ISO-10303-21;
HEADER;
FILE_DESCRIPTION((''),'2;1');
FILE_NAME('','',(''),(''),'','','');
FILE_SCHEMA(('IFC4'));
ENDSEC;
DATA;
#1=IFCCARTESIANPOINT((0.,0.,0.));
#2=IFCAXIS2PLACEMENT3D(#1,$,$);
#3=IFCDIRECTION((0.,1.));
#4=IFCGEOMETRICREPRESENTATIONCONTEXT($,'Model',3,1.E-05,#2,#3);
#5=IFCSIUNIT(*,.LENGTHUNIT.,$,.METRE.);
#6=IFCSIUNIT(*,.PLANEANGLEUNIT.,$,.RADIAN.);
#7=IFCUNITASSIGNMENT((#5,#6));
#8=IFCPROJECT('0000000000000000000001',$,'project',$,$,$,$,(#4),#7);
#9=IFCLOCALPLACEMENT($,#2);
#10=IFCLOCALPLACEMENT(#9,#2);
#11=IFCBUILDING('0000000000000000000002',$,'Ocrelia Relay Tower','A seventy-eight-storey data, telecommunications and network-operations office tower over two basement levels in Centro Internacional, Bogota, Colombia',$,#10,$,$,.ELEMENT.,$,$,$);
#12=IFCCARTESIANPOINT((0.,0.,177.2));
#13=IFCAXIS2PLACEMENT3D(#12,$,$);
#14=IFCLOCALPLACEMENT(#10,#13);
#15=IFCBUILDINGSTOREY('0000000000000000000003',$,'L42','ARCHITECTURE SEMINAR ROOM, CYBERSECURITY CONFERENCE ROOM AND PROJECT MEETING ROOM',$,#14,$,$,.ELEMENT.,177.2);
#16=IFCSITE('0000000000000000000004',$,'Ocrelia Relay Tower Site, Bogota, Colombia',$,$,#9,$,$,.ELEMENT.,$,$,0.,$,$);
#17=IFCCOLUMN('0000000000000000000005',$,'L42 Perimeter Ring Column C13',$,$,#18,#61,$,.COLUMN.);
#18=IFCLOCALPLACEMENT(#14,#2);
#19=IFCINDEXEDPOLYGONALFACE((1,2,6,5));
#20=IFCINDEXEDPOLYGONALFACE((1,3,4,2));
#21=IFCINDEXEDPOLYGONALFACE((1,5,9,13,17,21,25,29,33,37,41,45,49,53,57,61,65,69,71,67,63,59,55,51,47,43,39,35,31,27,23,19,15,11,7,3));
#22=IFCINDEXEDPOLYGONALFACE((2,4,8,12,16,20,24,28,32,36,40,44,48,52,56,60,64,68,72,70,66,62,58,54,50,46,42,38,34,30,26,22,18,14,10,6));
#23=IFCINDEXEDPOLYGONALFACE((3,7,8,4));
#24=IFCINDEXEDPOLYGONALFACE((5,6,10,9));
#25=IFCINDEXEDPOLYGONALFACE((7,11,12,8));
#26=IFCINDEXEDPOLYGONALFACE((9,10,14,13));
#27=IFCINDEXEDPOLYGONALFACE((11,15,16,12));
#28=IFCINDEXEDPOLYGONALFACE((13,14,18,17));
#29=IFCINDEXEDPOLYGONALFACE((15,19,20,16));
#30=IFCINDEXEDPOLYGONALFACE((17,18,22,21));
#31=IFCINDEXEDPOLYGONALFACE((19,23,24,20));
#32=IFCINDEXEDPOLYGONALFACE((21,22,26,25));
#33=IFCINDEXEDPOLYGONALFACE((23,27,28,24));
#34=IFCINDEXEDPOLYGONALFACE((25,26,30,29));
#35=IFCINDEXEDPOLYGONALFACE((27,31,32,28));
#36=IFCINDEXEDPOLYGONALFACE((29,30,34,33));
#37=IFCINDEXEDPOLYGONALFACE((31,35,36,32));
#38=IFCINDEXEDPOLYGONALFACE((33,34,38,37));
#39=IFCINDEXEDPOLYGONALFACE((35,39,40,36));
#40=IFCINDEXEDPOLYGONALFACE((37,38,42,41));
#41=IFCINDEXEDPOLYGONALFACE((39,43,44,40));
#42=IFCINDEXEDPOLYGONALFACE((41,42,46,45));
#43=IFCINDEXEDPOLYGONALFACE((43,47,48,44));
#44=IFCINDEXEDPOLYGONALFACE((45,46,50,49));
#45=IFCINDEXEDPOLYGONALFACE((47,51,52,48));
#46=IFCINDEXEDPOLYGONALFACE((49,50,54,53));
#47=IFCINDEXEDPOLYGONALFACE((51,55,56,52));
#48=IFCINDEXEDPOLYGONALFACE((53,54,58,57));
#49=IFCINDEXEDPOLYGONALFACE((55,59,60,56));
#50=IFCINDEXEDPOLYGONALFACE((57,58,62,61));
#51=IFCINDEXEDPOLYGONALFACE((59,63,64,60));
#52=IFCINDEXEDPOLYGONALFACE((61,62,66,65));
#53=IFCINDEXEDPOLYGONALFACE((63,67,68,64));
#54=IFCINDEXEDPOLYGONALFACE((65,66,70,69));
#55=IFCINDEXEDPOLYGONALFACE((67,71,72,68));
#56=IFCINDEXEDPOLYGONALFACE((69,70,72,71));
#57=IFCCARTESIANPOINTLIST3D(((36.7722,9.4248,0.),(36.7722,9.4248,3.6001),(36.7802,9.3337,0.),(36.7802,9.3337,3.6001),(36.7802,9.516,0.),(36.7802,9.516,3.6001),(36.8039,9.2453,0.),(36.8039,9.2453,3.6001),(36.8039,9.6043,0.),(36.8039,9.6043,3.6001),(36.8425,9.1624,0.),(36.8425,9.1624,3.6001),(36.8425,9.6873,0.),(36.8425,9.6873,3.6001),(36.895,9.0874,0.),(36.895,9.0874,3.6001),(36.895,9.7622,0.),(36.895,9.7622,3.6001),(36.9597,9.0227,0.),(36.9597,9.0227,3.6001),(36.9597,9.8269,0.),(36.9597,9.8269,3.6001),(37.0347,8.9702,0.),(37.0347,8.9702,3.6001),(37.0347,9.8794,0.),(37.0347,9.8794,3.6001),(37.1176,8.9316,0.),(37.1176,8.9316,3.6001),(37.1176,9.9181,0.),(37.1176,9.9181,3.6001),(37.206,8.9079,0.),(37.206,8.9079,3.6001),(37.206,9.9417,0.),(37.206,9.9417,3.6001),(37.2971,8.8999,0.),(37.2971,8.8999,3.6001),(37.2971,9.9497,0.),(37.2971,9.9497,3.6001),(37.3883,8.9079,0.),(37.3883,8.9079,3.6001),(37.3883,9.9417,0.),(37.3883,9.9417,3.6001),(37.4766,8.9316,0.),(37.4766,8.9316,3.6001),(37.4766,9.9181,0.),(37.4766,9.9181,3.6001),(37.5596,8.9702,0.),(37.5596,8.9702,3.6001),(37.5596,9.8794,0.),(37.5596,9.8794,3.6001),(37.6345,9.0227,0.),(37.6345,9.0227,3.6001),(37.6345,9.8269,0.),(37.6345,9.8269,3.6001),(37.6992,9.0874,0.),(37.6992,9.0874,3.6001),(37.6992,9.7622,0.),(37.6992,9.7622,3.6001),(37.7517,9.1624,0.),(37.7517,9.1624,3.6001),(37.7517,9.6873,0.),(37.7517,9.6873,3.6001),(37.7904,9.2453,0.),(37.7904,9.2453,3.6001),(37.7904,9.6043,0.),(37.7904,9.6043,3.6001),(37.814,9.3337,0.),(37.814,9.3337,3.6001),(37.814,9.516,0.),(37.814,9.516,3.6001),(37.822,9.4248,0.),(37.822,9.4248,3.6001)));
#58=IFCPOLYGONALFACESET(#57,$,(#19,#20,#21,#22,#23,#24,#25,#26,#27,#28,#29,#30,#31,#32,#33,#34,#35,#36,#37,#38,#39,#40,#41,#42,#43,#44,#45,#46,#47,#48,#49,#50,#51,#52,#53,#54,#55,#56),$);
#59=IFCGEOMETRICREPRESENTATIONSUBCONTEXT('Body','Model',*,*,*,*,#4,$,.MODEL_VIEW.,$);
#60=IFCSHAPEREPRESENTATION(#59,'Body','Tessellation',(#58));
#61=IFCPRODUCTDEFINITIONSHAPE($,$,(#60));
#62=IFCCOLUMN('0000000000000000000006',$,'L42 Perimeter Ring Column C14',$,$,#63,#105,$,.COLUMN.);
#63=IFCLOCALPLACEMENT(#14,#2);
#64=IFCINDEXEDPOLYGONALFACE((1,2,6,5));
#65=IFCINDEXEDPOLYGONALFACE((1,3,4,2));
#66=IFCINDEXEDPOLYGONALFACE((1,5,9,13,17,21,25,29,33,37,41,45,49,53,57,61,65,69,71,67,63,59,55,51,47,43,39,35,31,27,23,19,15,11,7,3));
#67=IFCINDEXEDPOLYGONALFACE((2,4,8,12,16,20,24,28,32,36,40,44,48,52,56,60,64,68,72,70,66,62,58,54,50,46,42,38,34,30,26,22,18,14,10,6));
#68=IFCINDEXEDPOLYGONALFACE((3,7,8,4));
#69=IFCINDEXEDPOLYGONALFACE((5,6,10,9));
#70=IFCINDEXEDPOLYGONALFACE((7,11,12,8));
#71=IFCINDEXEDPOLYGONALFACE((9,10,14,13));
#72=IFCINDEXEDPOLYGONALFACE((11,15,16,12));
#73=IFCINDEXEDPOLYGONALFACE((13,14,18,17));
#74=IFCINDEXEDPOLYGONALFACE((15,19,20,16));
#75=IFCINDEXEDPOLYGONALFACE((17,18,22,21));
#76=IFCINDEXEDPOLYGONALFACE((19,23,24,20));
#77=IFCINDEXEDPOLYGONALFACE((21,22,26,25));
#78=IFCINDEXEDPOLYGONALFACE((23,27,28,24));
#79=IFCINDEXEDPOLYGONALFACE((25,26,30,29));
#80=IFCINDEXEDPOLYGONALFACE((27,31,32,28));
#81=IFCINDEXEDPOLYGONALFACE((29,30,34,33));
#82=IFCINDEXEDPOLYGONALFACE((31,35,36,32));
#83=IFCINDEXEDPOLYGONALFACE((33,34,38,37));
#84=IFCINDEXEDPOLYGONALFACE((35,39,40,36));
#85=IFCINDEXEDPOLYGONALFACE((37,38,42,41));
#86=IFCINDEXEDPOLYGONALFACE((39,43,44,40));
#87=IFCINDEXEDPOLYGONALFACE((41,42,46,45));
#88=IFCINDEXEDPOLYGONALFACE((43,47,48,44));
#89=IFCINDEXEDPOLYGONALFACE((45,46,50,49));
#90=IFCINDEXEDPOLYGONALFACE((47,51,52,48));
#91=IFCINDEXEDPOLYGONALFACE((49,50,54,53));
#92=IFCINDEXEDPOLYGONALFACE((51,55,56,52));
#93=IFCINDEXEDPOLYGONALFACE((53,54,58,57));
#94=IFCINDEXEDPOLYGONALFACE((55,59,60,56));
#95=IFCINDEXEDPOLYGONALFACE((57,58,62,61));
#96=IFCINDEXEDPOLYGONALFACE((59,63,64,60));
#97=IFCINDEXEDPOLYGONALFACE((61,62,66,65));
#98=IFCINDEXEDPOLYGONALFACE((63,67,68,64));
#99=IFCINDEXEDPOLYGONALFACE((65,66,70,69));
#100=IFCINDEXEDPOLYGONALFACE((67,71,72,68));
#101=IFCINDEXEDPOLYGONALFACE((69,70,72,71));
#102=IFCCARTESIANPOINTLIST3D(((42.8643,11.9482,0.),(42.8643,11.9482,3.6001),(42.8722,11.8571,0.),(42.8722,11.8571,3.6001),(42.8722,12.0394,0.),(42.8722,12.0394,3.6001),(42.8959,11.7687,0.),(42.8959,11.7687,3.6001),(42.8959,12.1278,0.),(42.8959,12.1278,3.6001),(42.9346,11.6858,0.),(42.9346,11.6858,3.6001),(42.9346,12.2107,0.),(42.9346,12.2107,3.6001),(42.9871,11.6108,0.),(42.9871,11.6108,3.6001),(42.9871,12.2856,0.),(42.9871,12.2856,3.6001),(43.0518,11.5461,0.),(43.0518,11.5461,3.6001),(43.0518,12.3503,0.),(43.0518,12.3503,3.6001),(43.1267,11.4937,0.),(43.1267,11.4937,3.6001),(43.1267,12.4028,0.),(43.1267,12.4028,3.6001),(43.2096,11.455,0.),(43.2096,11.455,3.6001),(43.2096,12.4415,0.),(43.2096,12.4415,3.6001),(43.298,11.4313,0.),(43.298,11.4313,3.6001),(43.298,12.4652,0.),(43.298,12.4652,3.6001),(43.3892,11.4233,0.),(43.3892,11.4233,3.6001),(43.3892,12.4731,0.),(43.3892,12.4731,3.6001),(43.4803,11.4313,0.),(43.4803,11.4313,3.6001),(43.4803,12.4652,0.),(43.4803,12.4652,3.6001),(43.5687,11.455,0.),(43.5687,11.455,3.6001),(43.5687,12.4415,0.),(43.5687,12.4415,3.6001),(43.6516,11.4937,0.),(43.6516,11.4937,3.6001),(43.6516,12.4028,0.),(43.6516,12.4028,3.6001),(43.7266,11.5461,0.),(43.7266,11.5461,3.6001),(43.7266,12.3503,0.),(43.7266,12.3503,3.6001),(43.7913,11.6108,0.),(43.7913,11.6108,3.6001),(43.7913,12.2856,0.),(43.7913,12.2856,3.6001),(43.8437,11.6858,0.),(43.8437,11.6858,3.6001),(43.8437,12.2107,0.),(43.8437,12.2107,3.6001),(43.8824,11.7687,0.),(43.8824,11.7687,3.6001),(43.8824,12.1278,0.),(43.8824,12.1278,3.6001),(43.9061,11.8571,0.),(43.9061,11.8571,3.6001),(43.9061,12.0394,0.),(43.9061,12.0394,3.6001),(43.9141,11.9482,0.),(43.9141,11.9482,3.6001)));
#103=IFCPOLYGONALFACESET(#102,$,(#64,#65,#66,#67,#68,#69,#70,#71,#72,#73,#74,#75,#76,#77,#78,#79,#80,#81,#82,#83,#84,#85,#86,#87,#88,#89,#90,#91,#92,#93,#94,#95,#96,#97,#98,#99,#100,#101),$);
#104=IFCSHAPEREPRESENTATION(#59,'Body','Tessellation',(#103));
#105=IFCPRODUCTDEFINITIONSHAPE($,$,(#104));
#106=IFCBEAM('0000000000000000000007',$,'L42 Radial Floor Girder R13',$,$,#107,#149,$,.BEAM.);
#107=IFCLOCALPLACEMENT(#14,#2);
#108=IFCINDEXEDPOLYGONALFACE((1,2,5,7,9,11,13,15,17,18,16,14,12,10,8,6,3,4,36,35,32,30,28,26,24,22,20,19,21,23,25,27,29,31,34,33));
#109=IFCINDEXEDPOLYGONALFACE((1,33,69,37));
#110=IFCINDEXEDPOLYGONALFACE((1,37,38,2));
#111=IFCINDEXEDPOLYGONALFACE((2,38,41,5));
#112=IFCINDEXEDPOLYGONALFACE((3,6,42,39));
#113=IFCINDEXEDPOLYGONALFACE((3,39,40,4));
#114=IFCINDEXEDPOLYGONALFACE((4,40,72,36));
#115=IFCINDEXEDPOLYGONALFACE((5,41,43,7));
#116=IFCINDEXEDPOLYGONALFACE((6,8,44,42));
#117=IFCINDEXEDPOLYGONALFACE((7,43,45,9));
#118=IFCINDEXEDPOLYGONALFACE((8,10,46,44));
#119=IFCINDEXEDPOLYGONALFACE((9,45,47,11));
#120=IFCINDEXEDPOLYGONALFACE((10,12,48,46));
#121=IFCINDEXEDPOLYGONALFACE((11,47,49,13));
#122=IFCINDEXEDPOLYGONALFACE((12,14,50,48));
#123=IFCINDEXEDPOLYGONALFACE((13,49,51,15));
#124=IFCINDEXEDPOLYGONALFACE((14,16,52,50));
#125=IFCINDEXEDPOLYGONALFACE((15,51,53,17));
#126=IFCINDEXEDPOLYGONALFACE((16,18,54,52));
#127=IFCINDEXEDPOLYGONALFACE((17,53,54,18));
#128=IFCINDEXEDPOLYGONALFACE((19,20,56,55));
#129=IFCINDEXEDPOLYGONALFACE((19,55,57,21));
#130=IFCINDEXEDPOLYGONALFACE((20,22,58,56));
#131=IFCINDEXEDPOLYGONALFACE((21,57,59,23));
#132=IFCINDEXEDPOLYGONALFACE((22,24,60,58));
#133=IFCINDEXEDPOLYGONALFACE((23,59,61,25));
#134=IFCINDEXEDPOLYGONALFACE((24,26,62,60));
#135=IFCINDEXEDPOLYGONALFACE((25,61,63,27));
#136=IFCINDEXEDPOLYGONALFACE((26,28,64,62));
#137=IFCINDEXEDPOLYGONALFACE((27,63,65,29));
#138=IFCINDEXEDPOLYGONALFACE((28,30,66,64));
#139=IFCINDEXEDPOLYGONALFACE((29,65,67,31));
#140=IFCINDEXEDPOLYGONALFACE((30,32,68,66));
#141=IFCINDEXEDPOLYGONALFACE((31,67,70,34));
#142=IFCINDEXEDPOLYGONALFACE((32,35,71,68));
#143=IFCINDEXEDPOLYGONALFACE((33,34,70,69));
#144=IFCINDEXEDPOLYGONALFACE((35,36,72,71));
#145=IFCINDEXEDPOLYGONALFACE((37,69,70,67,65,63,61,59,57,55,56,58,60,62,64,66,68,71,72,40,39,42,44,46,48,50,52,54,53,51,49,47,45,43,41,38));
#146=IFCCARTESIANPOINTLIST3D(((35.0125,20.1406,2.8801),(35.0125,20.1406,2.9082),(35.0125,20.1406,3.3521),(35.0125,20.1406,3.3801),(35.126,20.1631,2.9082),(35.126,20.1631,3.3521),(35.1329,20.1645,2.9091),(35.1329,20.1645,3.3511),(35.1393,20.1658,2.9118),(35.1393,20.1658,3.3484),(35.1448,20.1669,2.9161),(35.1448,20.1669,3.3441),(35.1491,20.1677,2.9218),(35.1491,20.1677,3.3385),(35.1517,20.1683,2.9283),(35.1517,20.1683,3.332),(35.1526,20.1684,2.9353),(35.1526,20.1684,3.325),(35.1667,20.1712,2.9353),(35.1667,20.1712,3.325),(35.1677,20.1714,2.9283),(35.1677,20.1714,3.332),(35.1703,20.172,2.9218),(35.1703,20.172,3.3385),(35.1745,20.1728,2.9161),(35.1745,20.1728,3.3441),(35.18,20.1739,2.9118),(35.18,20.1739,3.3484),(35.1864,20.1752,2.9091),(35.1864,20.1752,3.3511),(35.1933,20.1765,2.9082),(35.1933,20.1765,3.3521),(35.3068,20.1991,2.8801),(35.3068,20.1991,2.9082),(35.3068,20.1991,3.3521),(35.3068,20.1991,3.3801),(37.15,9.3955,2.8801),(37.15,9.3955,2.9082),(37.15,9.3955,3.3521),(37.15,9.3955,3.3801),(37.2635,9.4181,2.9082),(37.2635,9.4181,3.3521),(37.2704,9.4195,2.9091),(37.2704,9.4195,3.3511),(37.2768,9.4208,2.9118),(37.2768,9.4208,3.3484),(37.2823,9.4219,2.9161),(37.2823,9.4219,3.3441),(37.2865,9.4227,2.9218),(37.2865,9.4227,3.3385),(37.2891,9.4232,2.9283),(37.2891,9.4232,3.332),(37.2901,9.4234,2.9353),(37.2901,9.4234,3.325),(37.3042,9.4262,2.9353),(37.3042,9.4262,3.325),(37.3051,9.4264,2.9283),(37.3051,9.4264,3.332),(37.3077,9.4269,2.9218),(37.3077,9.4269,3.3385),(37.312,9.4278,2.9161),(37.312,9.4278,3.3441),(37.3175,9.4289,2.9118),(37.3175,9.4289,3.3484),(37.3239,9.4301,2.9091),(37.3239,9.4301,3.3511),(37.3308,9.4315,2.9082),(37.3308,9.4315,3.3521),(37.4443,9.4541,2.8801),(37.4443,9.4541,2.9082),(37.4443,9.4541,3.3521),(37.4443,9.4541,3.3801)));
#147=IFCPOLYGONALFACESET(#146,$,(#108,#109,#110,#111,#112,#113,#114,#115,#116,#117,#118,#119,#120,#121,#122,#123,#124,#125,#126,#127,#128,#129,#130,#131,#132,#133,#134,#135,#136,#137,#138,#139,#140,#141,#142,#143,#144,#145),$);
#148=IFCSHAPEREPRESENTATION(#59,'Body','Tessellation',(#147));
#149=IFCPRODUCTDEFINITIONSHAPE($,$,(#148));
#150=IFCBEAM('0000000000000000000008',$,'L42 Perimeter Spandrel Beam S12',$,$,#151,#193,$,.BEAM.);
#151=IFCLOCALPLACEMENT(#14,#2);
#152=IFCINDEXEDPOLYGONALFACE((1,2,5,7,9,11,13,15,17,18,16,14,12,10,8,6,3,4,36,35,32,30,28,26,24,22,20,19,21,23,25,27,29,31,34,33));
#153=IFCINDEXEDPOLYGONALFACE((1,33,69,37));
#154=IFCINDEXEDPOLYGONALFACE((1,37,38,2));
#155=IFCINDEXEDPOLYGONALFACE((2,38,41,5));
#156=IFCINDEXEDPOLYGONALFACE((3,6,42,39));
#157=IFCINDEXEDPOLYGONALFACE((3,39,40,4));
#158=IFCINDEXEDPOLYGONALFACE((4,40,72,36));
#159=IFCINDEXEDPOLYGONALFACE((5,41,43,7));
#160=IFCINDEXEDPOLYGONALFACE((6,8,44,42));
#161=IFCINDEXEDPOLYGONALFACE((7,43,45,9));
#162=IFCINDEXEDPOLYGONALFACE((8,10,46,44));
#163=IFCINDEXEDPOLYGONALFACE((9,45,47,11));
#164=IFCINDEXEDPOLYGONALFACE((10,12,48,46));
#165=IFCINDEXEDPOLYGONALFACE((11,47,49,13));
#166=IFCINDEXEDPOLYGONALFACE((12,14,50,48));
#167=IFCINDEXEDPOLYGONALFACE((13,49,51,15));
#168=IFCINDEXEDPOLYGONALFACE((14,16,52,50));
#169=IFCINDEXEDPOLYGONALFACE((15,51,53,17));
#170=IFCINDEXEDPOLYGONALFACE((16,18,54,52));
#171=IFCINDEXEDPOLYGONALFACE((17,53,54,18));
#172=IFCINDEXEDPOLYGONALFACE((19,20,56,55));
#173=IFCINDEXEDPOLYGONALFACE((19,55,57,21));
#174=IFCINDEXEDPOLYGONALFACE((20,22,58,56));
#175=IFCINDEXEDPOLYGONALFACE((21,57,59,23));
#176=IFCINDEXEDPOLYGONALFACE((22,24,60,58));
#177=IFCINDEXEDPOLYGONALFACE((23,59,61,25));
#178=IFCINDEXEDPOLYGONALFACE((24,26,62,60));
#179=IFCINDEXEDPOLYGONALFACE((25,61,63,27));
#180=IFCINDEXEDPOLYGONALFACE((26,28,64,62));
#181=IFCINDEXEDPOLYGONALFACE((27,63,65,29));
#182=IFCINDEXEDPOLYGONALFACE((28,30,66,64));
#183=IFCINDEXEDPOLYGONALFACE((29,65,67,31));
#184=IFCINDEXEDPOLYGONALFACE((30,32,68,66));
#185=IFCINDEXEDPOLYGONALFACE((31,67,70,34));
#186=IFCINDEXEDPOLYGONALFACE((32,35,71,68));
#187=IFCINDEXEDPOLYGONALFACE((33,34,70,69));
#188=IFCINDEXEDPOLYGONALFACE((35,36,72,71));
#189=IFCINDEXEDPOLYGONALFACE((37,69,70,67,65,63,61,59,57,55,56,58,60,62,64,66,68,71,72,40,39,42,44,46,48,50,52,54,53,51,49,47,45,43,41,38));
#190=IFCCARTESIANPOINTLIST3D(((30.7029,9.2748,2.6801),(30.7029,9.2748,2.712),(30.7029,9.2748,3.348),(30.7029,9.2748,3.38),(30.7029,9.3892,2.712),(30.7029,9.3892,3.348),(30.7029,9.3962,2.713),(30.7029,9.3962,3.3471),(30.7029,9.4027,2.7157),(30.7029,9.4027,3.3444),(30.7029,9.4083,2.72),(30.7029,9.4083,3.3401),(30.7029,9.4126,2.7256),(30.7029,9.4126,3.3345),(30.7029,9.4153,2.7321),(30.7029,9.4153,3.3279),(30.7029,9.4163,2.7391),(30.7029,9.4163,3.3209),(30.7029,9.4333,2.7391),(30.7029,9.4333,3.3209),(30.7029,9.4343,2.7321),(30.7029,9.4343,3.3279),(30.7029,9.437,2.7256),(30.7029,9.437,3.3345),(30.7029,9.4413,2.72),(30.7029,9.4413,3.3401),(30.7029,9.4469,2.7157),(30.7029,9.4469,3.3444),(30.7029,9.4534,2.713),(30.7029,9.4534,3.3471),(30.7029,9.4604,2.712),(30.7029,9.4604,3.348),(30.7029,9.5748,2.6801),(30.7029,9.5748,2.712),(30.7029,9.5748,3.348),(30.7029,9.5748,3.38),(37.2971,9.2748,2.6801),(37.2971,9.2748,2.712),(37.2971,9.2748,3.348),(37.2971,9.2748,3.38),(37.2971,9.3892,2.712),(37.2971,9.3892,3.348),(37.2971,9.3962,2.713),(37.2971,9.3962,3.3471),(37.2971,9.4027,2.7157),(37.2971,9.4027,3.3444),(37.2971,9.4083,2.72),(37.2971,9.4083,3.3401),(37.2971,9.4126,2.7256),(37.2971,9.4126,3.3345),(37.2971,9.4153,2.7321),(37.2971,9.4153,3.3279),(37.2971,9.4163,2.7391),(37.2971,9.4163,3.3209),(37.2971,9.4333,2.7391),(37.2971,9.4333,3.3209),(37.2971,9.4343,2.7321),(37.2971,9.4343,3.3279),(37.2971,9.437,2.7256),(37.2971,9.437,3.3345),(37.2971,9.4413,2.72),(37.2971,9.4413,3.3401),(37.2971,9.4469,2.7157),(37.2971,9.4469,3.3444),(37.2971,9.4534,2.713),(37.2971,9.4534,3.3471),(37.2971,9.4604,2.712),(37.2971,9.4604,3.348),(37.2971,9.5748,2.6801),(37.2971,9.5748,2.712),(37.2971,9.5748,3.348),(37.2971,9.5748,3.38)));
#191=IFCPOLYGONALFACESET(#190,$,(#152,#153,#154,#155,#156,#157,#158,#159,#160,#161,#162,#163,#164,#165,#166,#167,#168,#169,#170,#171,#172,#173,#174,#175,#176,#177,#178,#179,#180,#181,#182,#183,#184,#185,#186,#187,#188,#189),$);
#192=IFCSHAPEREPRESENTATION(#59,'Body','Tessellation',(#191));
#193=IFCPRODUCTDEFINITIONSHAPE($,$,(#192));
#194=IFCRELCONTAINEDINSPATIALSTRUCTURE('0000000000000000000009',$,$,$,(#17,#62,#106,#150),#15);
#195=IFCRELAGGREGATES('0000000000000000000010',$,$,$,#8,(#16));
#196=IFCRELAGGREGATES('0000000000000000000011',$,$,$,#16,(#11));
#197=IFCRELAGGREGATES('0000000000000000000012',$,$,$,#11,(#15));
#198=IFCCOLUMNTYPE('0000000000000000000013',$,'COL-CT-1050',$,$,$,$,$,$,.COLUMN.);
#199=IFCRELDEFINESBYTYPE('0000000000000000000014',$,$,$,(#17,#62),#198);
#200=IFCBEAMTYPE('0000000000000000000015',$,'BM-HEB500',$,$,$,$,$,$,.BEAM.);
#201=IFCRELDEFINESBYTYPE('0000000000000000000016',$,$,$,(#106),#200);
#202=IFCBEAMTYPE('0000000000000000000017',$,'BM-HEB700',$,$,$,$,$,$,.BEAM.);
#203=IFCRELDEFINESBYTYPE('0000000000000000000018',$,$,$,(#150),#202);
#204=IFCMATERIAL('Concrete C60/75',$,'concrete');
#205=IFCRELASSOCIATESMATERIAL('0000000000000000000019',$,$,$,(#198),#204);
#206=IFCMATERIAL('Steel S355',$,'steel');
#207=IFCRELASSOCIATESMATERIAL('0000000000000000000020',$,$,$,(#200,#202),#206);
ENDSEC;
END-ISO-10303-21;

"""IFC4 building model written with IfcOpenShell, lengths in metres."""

from ifc_helpers import new_model, si_unit, direction, frame, origin, origin_2d, place, context, subcontext, project, spatial, circle, i_section, extrude, material, material_profile, profile_set, type_object, element, save


model = new_model("IFC4")

# Units and contexts
model_context = context("Model", 3, precision=1e-05, world=origin(), true_north=direction((0.0, 1.0)))
body_context = subcontext(model_context, "Body", "Model", "MODEL_VIEW")
ifc_project = project(units=[si_unit("LENGTHUNIT", "METRE"), si_unit("PLANEANGLEUNIT", "RADIAN")], contexts=[model_context])

# Site, building, storey
site_placement = place(None, origin())
site = spatial("IfcSite", under=ifc_project, at=site_placement, Name="Ocrelia Relay Tower Site, Bogota, Colombia", CompositionType="ELEMENT", RefElevation=0.0)
building_placement = place(site_placement, origin())
building = spatial("IfcBuilding", under=site, at=building_placement, Name="Ocrelia Relay Tower", Description="A seventy-eight-storey data, telecommunications and network-operations office tower over two basement levels in Centro Internacional, Bogota, Colombia", CompositionType="ELEMENT")
storey_placement = place(building_placement, frame((0.0, 0.0, 177.2)))
storey = spatial("IfcBuildingStorey", under=building, at=storey_placement, Name="L42", Description="ARCHITECTURE SEMINAR ROOM, CYBERSECURITY CONFERENCE ROOM AND PROJECT MEETING ROOM", CompositionType="ELEMENT", Elevation=177.2)

# Columns
ifc_material_1 = material(Name="Concrete C60/75", Category="concrete")
ifc_material_profile_1 = material_profile(ifc_material_1, circle(Radius=0.5249, at=origin_2d()), Name="RC-CIR-1050")
ifc_profile_set_1 = profile_set([ifc_material_profile_1], Name="Concrete C60/75")
column_type = type_object("IfcColumnType", Name="COL-CT-1050", PredefinedType="COLUMN", material=ifc_profile_set_1)
for number, where, z_axis, x_axis, name in (
    (1, (37.2971, 9.4248, 0.0), (0.0, 0.0, 1.0), (1.0, 0.0, 0.0), "L42 Perimeter Ring Column C13"),
    (2, (43.3892, 11.9482, 0.0), (0.0, 0.0, 1.0), (1.0, 0.0, 0.0), "L42 Perimeter Ring Column C14"),
):
    element("IfcColumn", number, at=place(storey_placement, frame(where, z_axis=z_axis, x_axis=x_axis)), inside=storey, type_object=column_type, Name=name, PredefinedType="COLUMN", context=body_context, shape_type="SweptSolid", body=[
        extrude(circle(Radius=0.5249, at=origin_2d()), origin(), (0.0, 0.0, 1.0), 3.6001),
    ])

# Beams
ifc_material_2 = material(Name="Steel S355", Category="steel")
ifc_material_profile_2 = material_profile(ifc_material_2, i_section(OverallWidth=0.3, OverallDepth=0.5, WebThickness=0.0144, FlangeThickness=0.0281, FilletRadius=0.0271, at=origin_2d()), Name="HEB 500")
ifc_profile_set_2 = profile_set([ifc_material_profile_2], Name="Steel S355")
beam_type_1 = type_object("IfcBeamType", Name="BM-HEB500", PredefinedType="BEAM", material=ifc_profile_set_2)
beam_1_placement = place(storey_placement, frame((37.2971, 9.4248, 3.1301), z_axis=(-0.1951, 0.980783, 0.0), x_axis=(-0.980783, -0.1951, 0.0)))
element("IfcBeam", 3, at=beam_1_placement, inside=storey, type_object=beam_type_1, Name="L42 Radial Floor Girder R13", PredefinedType="BEAM", context=body_context, shape_type="SweptSolid", body=[
    extrude(i_section(OverallWidth=0.3, OverallDepth=0.5, WebThickness=0.0144, FlangeThickness=0.0281, FilletRadius=0.0271, at=origin_2d()), origin(), (0.0, 0.0, 1.0), 10.9556),
])
ifc_material_profile_3 = material_profile(ifc_material_2, i_section(OverallWidth=0.3, OverallDepth=0.7, WebThickness=0.0171, FlangeThickness=0.032, FilletRadius=0.0271, at=origin_2d()), Name="HEB 700")
ifc_profile_set_3 = profile_set([ifc_material_profile_3], Name="Steel S355")
beam_type_2 = type_object("IfcBeamType", Name="BM-HEB700", PredefinedType="BEAM", material=ifc_profile_set_3)
beam_2_placement = place(storey_placement, frame((30.7029, 9.4248, 3.03), z_axis=(1.0, 0.0, 0.0), x_axis=(0.0, 1.0, 0.0)))
element("IfcBeam", 4, at=beam_2_placement, inside=storey, type_object=beam_type_2, Name="L42 Perimeter Spandrel Beam S12", PredefinedType="BEAM", context=body_context, shape_type="SweptSolid", body=[
    extrude(i_section(OverallWidth=0.3, OverallDepth=0.7, WebThickness=0.0171, FlangeThickness=0.032, FilletRadius=0.0271, at=origin_2d()), origin(), (0.0, 0.0, 1.0), 6.5942),
])

save(model, "model.ifc")
